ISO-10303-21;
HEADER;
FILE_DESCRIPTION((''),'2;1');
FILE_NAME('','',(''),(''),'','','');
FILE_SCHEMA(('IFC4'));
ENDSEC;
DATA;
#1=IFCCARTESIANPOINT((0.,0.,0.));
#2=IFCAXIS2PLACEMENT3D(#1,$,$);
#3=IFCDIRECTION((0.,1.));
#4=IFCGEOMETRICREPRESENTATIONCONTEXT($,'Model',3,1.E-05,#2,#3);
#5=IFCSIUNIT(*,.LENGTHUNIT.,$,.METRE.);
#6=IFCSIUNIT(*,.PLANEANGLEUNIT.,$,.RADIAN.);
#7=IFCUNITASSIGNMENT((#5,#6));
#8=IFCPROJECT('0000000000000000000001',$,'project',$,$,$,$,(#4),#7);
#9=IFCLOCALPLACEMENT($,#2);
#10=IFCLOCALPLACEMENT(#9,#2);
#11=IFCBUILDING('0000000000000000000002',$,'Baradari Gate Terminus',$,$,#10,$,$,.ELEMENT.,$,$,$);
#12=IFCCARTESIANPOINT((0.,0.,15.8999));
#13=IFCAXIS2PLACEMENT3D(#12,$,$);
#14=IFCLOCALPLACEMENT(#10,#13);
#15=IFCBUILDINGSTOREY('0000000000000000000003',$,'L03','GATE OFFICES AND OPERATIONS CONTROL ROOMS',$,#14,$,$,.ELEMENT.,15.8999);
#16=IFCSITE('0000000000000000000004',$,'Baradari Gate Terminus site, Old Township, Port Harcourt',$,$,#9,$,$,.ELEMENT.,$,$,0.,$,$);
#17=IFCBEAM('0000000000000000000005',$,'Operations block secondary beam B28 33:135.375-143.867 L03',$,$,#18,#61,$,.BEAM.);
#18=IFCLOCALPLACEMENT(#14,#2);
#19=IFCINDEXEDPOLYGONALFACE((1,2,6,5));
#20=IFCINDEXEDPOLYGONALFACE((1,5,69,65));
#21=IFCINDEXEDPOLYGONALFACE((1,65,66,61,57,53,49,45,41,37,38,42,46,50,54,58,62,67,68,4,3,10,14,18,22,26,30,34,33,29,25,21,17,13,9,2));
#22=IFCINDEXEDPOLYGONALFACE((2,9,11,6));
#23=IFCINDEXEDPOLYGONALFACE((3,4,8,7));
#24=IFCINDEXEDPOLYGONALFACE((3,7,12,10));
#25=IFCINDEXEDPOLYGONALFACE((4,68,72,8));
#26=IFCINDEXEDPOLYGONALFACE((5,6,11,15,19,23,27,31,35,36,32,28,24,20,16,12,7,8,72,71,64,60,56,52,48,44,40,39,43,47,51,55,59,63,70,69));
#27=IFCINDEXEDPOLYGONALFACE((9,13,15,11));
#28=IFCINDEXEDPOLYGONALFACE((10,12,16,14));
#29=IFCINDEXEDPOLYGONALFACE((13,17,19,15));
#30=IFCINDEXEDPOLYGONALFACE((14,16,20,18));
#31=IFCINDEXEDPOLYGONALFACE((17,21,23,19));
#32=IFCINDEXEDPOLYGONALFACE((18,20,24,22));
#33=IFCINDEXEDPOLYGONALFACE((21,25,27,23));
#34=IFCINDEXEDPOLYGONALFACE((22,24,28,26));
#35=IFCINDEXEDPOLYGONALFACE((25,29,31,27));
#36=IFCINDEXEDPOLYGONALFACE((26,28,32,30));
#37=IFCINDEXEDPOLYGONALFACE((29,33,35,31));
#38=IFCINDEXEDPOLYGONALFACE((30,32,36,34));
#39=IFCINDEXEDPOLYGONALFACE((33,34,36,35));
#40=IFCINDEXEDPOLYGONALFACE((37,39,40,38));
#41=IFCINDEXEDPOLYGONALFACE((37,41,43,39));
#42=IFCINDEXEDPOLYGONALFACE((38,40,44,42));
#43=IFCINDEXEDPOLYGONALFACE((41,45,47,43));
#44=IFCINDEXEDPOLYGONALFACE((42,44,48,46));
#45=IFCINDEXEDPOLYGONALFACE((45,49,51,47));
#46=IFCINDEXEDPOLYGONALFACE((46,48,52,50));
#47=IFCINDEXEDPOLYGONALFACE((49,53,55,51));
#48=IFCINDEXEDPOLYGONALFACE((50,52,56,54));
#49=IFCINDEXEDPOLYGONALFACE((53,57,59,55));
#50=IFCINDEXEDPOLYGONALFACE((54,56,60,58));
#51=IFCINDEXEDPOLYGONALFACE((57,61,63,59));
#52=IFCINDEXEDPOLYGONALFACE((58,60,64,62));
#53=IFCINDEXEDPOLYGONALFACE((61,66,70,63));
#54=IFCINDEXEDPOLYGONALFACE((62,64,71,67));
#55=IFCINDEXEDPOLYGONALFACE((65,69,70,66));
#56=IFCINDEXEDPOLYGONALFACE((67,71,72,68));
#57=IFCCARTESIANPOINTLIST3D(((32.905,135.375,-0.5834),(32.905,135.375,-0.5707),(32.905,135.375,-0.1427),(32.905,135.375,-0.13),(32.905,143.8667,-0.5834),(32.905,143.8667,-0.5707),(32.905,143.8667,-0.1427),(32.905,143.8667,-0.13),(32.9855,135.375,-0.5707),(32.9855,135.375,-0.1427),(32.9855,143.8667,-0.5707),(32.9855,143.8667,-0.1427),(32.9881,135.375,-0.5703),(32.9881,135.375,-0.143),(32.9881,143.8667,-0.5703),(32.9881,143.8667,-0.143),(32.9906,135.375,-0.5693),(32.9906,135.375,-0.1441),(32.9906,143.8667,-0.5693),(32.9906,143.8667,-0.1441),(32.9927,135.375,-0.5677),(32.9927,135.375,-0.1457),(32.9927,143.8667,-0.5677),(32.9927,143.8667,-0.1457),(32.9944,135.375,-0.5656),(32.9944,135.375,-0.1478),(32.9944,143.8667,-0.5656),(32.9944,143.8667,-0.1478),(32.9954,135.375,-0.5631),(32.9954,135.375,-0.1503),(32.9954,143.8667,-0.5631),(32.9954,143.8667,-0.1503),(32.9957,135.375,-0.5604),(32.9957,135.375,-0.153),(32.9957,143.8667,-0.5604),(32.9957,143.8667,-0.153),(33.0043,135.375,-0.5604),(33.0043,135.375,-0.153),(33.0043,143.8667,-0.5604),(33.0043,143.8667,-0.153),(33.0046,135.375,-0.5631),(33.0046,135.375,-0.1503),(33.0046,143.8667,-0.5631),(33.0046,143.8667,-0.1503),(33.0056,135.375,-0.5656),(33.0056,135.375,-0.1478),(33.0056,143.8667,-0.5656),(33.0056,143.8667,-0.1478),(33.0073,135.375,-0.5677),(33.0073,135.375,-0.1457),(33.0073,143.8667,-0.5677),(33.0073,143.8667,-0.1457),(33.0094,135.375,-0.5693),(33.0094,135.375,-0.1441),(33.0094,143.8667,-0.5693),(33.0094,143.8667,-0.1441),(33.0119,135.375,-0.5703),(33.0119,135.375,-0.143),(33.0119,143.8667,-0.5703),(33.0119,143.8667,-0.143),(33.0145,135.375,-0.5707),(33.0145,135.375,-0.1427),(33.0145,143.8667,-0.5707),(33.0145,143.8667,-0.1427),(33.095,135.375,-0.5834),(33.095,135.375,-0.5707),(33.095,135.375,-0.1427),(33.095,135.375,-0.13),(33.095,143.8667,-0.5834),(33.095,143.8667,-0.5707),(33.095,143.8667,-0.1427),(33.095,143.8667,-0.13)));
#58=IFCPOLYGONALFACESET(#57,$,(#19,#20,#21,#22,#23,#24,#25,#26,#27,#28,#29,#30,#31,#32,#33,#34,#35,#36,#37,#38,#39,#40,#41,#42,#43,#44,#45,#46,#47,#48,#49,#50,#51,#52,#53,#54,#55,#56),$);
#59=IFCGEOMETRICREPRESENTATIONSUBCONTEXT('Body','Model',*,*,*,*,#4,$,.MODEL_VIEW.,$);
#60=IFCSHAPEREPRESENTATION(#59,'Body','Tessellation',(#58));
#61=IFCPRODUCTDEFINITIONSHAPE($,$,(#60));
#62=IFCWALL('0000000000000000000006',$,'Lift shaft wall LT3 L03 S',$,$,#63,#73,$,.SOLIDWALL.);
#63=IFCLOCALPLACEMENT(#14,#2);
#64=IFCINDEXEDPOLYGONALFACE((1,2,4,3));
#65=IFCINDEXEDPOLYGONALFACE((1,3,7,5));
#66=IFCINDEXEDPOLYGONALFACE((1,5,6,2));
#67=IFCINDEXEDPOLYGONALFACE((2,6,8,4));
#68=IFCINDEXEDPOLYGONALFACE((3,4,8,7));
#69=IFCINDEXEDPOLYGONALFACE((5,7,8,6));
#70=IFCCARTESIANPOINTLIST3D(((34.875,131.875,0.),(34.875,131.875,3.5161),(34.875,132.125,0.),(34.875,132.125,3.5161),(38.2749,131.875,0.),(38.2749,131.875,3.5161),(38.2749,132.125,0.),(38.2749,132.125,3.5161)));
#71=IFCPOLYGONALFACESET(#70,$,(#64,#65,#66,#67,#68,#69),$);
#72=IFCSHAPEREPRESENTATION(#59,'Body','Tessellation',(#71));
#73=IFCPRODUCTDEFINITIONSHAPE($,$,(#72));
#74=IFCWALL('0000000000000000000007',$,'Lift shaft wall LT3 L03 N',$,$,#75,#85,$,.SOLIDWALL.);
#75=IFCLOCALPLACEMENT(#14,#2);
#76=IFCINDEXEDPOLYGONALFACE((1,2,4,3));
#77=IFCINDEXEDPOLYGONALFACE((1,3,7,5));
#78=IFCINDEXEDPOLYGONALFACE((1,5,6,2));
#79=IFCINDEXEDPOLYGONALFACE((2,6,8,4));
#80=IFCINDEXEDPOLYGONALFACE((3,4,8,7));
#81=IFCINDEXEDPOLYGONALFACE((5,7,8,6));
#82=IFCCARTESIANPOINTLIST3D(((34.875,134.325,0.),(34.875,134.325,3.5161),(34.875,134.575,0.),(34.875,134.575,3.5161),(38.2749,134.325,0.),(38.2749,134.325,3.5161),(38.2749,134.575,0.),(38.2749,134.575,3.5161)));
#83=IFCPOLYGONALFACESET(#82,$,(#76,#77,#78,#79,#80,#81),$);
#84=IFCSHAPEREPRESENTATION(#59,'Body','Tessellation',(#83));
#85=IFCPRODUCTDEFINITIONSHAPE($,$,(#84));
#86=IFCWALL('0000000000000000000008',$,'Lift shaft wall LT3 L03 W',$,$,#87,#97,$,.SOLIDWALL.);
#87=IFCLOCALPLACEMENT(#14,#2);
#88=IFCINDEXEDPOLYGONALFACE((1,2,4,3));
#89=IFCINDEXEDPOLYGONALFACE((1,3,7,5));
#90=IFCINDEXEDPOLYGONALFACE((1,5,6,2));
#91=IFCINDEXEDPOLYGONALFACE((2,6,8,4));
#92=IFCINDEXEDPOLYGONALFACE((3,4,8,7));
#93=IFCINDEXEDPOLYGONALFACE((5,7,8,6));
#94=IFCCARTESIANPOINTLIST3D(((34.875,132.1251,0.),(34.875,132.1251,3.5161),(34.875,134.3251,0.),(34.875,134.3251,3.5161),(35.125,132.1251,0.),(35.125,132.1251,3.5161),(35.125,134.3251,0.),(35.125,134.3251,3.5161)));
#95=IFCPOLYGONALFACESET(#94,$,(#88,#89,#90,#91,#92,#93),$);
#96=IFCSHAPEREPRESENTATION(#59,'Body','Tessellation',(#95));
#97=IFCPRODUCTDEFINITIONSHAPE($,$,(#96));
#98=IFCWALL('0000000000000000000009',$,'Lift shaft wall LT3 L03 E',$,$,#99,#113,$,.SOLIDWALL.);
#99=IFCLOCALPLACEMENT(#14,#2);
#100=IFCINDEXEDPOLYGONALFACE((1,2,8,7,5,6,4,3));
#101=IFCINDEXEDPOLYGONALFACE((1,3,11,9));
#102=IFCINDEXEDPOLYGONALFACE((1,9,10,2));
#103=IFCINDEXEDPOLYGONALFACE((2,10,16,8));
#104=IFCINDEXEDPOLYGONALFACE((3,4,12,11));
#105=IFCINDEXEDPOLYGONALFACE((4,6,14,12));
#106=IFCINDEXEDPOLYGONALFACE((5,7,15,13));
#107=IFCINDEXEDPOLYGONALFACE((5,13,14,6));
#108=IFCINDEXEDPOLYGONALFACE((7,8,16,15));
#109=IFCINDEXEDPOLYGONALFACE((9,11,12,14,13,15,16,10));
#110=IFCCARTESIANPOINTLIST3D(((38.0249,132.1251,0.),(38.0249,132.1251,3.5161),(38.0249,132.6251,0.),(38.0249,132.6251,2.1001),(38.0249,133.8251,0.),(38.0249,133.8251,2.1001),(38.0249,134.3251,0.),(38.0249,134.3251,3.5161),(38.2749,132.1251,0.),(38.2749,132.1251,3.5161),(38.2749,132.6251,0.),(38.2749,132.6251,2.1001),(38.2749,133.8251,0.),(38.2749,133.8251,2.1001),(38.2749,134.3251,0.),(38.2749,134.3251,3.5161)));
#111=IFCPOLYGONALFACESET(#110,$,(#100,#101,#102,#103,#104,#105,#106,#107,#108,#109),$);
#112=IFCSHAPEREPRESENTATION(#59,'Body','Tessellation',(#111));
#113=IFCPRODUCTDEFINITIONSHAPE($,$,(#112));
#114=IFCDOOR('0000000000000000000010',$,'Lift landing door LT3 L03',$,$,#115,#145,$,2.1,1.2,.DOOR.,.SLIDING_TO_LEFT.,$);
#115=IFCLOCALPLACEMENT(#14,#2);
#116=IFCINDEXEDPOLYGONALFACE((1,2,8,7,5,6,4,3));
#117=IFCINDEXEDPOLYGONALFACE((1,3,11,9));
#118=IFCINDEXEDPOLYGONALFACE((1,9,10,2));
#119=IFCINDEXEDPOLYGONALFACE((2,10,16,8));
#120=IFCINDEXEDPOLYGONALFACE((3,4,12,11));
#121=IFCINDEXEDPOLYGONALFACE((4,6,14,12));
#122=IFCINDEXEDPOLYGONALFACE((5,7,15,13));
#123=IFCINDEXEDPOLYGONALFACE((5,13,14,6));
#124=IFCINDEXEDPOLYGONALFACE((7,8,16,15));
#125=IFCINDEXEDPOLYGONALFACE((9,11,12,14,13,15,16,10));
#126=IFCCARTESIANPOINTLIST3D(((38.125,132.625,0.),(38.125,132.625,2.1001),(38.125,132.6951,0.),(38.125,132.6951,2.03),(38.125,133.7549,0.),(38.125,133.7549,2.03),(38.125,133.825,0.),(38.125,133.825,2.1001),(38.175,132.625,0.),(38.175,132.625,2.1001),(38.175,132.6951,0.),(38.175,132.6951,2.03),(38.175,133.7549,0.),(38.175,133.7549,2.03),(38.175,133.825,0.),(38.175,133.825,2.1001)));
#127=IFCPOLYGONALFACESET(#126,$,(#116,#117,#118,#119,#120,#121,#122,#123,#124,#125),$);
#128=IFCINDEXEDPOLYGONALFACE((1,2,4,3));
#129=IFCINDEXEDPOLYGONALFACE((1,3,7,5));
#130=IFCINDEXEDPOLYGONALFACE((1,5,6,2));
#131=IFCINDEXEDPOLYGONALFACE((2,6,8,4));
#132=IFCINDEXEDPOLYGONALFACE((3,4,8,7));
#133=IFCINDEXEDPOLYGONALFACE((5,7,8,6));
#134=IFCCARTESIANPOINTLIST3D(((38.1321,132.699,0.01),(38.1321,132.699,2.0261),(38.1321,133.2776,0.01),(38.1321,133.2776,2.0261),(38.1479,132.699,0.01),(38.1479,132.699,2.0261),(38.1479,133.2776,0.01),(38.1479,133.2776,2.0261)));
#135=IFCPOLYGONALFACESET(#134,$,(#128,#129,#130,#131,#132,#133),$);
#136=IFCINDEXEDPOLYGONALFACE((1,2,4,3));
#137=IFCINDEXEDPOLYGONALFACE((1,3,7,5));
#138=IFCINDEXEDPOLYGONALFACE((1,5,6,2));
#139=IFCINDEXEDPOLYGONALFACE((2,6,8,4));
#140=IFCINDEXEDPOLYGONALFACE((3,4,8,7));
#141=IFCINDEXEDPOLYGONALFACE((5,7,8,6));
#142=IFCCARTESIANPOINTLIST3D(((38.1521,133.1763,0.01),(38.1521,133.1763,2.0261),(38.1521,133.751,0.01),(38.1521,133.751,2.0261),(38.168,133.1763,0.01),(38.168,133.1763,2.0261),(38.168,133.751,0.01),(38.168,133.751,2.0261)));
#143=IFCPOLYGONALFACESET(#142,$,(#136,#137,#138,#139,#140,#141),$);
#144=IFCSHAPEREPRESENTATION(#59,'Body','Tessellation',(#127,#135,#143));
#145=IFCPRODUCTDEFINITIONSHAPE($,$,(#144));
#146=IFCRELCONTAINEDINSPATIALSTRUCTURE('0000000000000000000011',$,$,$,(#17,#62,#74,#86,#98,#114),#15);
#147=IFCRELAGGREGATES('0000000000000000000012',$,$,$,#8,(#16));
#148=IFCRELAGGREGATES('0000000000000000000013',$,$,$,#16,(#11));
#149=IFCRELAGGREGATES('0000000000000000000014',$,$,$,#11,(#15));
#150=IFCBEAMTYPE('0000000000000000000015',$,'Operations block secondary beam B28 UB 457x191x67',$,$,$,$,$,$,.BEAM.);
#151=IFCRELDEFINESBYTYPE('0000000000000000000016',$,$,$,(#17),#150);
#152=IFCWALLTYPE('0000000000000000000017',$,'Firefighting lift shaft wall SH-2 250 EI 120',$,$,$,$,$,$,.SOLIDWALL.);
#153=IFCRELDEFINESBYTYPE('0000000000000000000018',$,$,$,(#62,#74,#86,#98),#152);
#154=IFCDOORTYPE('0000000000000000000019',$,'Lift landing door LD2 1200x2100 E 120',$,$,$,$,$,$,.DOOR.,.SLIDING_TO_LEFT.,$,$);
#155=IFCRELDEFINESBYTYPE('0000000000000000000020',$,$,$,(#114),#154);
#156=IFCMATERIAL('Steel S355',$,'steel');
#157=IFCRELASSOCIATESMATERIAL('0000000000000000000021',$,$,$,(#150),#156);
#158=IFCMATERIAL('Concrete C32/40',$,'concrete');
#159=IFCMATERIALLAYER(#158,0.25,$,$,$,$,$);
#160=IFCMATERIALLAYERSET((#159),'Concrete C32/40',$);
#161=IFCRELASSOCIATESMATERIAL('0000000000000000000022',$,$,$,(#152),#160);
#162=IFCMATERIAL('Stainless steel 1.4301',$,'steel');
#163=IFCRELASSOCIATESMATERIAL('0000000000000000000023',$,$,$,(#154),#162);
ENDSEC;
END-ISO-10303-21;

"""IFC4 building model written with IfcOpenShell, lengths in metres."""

from ifc_helpers import new_model, si_unit, direction, frame, frame_2d, origin, origin_2d, place, context, subcontext, project, spatial, polyline, rectangle, i_section, outline, extrude, material, layer, layer_set, material_profile, profile_set, type_object, element, fill, save


model = new_model("IFC4")

# Units and contexts
model_context = context("Model", 3, precision=1e-05, world=origin(), true_north=direction((0.0, 1.0)))
body_context = subcontext(model_context, "Body", "Model", "MODEL_VIEW")
ifc_project = project(units=[si_unit("LENGTHUNIT", "METRE"), si_unit("PLANEANGLEUNIT", "RADIAN")], contexts=[model_context])

# Site, building, storey
site_placement = place(None, origin())
site = spatial("IfcSite", under=ifc_project, at=site_placement, Name="Baradari Gate Terminus site, Old Township, Port Harcourt", CompositionType="ELEMENT", RefElevation=0.0)
building_placement = place(site_placement, origin())
building = spatial("IfcBuilding", under=site, at=building_placement, Name="Baradari Gate Terminus", CompositionType="ELEMENT")
storey_placement = place(building_placement, frame((0.0, 0.0, 15.8999)))
storey = spatial("IfcBuildingStorey", under=building, at=storey_placement, Name="L03", Description="GATE OFFICES AND OPERATIONS CONTROL ROOMS", CompositionType="ELEMENT", Elevation=15.8999)

# Beam
ifc_material_1 = material(Name="Steel S355", Category="steel")
ifc_material_profile_1 = material_profile(ifc_material_1, i_section(OverallWidth=0.1899, OverallDepth=0.4534, WebThickness=0.0085, FlangeThickness=0.0127, FilletRadius=0.0103, at=origin_2d()), Name="UB 457x191x67")
ifc_profile_set_1 = profile_set([ifc_material_profile_1], Name="Steel S355")
beam_type_1 = type_object("IfcBeamType", Name="Operations block secondary beam B28 UB 457x191x67", PredefinedType="BEAM", material=ifc_profile_set_1)
for number, where, z_axis, x_axis, name in (
    (1, (33.0, 135.375, -0.3567), (0.0, 1.0, 0.0), (-1.0, 0.0, 0.0), "Operations block secondary beam B28 33:135.375-143.867 L03"),
):
    element("IfcBeam", number, at=place(storey_placement, frame(where, z_axis=z_axis, x_axis=x_axis)), inside=storey, type_object=beam_type_1, Name=name, PredefinedType="BEAM", context=body_context, shape_type="SweptSolid", body=[
        extrude(i_section(OverallWidth=0.1899, OverallDepth=0.4534, WebThickness=0.0085, FlangeThickness=0.0127, FilletRadius=0.0103, at=origin_2d()), origin(), (0.0, 0.0, 1.0), 8.4917),
    ])

# Walls
ifc_material_2 = material(Name="Concrete C32/40", Category="concrete")
ifc_layer_1 = layer(ifc_material_2, 0.25)
ifc_layer_set_1 = layer_set([ifc_layer_1], Name="Concrete C32/40")
wall_type_1 = type_object("IfcWallType", Name="Firefighting lift shaft wall SH-2 250 EI 120", PredefinedType="SOLIDWALL", material=ifc_layer_set_1)
for number, where, z_axis, x_axis, name in (
    (2, (34.875, 132.0, 0.0), (0.0, 0.0, 1.0), (1.0, 0.0, 0.0), "Lift shaft wall LT3 L03 S"),
    (3, (34.875, 134.45, 0.0), (0.0, 0.0, 1.0), (1.0, 0.0, 0.0), "Lift shaft wall LT3 L03 N"),
):
    element("IfcWall", number, at=place(storey_placement, frame(where, z_axis=z_axis, x_axis=x_axis)), inside=storey, type_object=wall_type_1, Name=name, PredefinedType="SOLIDWALL", context=body_context, shape_type="SweptSolid", body=[
        extrude(rectangle(XDim=3.3999, YDim=0.25, at=frame_2d((1.7, 0.0))), origin(), (0.0, 0.0, 1.0), 3.5161),
    ])
wall_1_placement = place(storey_placement, frame((35.0, 132.125, 0.0), z_axis=(0.0, 0.0, 1.0), x_axis=(0.0, 1.0, 0.0)))
element("IfcWall", 4, at=wall_1_placement, inside=storey, type_object=wall_type_1, Name="Lift shaft wall LT3 L03 W", PredefinedType="SOLIDWALL", context=body_context, shape_type="SweptSolid", body=[
    extrude(rectangle(XDim=2.2, YDim=0.25, at=frame_2d((1.1001, 0.0))), origin(), (0.0, 0.0, 1.0), 3.5161),
])

# Wall, opening, door
wall_2_placement = place(storey_placement, frame((38.1499, 132.125, 0.0), z_axis=(0.0, 0.0, 1.0), x_axis=(0.0, 1.0, 0.0)))
wall_2 = element("IfcWall", 5, at=wall_2_placement, inside=storey, type_object=wall_type_1, Name="Lift shaft wall LT3 L03 E", PredefinedType="SOLIDWALL", context=body_context, shape_type="SweptSolid", body=[
    extrude(rectangle(XDim=2.2, YDim=0.25, at=frame_2d((1.1001, 0.0))), origin(), (0.0, 0.0, 1.0), 3.5161),
])
opening_1_placement = place(wall_2_placement, frame((0.5, 0.0, 0.0)))
opening_1 = element("IfcOpeningElement", 6, at=opening_1_placement, cuts=wall_2, PredefinedType="OPENING", context=body_context, shape_type="SweptSolid", body=[
    extrude(rectangle(XDim=1.2, YDim=2.1001, at=frame_2d((0.6001, 1.05))), frame((0.0, 0.135, 0.0), z_axis=(0.0, -1.0, 0.0), x_axis=(1.0, 0.0, 0.0)), (0.0, 0.0, 1.0), 0.27),
])
ifc_material_3 = material(Name="Stainless steel 1.4301", Category="steel")
door_type_1 = type_object("IfcDoorType", Name="Lift landing door LD2 1200x2100 E 120", OperationType="SLIDING_TO_LEFT", PredefinedType="DOOR", material=ifc_material_3)
door_1_placement = place(opening_1_placement, origin())
door_1 = element("IfcDoor", 7, at=door_1_placement, inside=storey, type_object=door_type_1, Name="Lift landing door LT3 L03", OperationType="SLIDING_TO_LEFT", OverallHeight=2.1, OverallWidth=1.2, PredefinedType="DOOR", context=body_context, shape_type="SweptSolid", body=[
    extrude(outline(polyline([(0.0, 0.0), (0.0701, 0.0), (0.0701, 2.03), (1.1299, 2.03), (1.1299, 0.0), (1.2, 0.0), (1.2, 2.1001), (0.0, 2.1001), (0.0, 0.0)])), frame((0.0, 0.0249, 0.0), z_axis=(0.0, -1.0, 0.0), x_axis=(1.0, 0.0, 0.0)), (0.0, 0.0, 1.0), 0.05),
    extrude(rectangle(XDim=0.5786, YDim=2.0161, at=frame_2d((0.3633, 1.0181))), frame((0.0, 0.0178, 0.0), z_axis=(0.0, -1.0, 0.0), x_axis=(1.0, 0.0, 0.0)), (0.0, 0.0, 1.0), 0.0159),
    extrude(rectangle(XDim=0.5747, YDim=2.0161, at=frame_2d((0.8386, 1.0181))), frame((0.0, -0.0022, 0.0), z_axis=(0.0, -1.0, 0.0), x_axis=(1.0, 0.0, 0.0)), (0.0, 0.0, 1.0), 0.0159),
])
fill(opening_1, door_1)

save(model, "model.ifc")
